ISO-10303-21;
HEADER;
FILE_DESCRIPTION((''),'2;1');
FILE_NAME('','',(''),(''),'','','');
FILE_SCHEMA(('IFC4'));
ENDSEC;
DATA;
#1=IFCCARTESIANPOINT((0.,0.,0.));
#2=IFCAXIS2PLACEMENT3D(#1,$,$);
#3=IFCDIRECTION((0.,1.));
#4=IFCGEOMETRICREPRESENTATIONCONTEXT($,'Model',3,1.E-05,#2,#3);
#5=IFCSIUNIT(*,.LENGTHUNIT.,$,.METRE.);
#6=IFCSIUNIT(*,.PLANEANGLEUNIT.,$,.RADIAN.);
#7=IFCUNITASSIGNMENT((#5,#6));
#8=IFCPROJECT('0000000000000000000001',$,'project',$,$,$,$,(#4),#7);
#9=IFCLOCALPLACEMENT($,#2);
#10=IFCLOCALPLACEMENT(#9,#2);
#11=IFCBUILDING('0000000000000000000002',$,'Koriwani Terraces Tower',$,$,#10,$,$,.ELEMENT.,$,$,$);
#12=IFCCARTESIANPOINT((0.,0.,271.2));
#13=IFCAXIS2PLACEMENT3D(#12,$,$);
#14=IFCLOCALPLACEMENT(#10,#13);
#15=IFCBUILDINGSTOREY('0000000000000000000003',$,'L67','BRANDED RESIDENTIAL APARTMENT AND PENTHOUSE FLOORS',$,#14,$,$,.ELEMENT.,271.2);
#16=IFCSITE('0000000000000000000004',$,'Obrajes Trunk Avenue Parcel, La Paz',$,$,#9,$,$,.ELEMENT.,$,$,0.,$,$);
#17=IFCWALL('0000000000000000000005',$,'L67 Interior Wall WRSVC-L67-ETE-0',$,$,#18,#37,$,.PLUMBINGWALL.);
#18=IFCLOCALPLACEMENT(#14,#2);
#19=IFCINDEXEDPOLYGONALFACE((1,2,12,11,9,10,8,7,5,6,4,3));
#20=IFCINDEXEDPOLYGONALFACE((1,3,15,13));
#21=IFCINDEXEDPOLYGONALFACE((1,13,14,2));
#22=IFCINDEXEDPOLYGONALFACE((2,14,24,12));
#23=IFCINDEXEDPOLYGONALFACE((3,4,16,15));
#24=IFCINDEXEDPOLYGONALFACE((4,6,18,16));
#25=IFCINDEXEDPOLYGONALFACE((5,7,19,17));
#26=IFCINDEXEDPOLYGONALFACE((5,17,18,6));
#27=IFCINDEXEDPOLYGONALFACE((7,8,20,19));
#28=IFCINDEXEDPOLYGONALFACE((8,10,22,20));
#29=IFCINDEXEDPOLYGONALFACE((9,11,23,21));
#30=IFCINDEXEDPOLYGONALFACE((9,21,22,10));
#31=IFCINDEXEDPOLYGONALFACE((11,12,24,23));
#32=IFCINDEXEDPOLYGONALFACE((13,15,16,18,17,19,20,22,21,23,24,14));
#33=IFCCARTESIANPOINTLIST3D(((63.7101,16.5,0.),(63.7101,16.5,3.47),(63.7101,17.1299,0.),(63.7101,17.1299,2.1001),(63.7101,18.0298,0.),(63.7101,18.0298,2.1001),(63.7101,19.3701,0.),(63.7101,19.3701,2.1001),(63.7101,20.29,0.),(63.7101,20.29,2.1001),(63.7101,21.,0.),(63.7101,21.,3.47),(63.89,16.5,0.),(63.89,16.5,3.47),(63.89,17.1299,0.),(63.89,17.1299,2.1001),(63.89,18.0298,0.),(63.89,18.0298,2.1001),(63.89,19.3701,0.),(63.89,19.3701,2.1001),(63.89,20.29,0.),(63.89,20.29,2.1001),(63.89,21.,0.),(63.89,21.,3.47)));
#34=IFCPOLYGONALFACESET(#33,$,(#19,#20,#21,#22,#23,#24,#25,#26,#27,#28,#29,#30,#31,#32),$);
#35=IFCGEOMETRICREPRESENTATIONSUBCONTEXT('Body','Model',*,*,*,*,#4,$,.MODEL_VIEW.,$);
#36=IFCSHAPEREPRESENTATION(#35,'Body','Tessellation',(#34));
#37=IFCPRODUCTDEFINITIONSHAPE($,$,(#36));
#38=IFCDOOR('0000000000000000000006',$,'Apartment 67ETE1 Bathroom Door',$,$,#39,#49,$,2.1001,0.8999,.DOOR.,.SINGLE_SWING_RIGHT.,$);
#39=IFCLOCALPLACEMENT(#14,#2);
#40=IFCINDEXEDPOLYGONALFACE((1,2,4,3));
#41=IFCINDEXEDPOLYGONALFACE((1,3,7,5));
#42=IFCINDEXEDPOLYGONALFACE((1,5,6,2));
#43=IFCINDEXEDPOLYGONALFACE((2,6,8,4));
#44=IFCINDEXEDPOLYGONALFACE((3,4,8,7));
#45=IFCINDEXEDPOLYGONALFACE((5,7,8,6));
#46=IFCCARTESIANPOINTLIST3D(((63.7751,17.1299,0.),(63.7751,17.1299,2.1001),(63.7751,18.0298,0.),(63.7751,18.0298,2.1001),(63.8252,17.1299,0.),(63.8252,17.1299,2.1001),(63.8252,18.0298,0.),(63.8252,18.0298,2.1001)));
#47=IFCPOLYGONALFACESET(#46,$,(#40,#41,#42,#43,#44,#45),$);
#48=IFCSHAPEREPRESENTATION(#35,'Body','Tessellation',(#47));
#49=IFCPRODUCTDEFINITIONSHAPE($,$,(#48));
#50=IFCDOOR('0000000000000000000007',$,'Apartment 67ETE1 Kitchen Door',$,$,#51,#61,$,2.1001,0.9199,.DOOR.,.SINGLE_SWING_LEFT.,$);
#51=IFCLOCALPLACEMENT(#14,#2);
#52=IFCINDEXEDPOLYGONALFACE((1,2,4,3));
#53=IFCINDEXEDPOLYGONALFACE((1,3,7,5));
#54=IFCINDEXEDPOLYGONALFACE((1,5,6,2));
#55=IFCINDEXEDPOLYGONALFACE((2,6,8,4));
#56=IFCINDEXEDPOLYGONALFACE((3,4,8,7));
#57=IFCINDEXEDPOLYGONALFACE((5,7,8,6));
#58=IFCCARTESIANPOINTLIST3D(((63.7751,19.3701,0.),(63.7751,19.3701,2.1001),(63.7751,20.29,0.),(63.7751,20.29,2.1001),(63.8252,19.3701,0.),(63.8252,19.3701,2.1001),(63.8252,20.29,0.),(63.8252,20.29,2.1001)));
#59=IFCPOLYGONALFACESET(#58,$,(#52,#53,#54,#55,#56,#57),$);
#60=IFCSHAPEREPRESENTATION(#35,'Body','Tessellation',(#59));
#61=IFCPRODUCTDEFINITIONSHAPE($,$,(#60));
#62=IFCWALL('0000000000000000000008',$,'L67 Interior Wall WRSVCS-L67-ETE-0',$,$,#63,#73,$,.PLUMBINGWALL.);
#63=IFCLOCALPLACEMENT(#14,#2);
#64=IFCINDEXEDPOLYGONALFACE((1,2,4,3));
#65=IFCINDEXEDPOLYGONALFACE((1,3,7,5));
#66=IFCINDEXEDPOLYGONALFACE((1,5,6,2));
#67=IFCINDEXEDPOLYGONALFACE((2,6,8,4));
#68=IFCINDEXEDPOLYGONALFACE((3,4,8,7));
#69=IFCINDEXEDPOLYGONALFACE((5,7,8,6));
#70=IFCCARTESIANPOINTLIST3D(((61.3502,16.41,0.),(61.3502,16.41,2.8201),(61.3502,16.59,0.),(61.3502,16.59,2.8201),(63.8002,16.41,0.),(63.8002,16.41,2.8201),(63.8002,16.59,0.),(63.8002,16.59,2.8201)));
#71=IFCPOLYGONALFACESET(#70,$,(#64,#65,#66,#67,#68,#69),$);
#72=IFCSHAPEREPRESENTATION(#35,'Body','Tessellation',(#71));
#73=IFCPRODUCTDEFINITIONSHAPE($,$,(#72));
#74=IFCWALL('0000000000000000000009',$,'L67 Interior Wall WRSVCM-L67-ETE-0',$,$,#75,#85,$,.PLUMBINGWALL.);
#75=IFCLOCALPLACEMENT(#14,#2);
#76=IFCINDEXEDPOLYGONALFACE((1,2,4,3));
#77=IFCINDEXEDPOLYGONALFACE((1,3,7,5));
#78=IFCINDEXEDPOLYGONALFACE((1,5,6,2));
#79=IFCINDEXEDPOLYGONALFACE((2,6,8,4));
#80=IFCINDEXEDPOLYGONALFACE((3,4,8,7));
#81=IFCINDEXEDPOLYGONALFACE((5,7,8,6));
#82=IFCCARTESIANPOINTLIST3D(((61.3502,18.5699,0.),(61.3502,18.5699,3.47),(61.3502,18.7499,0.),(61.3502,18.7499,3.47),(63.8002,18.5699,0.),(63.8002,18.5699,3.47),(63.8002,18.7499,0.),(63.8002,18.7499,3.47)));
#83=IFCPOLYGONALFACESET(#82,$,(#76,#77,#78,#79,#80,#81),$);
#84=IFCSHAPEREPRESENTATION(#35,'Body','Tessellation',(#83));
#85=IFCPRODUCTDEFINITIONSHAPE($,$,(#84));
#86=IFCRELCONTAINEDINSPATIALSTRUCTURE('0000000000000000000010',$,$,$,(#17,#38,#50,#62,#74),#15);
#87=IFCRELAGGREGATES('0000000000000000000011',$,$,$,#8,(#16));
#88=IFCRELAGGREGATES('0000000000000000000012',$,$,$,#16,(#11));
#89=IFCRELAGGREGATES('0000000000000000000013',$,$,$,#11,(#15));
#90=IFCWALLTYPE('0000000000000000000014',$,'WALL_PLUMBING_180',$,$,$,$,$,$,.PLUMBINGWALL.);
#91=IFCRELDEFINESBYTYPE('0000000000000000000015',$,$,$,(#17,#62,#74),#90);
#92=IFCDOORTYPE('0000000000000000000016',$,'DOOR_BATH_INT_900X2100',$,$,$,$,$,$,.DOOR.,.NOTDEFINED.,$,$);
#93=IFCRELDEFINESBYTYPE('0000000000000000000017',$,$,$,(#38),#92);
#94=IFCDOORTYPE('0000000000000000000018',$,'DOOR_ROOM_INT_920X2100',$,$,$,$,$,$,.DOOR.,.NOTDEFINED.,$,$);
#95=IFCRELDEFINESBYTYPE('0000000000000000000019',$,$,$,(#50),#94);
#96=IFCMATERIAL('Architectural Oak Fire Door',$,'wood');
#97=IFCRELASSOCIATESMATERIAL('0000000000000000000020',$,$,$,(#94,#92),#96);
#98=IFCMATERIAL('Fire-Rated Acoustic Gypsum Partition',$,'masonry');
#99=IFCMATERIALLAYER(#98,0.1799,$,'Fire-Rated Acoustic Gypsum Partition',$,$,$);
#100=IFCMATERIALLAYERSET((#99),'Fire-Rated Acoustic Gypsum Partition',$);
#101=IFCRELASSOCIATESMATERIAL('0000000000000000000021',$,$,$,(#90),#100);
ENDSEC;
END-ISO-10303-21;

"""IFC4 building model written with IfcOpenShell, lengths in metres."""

from ifc_helpers import new_model, si_unit, direction, frame, frame_2d, origin, place, context, subcontext, project, spatial, rectangle, extrude, material, layer, layer_set, type_object, element, fill, save


model = new_model("IFC4")

# Units and contexts
model_context = context("Model", 3, precision=1e-05, world=origin(), true_north=direction((0.0, 1.0)))
body_context = subcontext(model_context, "Body", "Model", "MODEL_VIEW")
ifc_project = project(units=[si_unit("LENGTHUNIT", "METRE"), si_unit("PLANEANGLEUNIT", "RADIAN")], contexts=[model_context])

# Site, building, storey
site_placement = place(None, origin())
site = spatial("IfcSite", under=ifc_project, at=site_placement, Name="Obrajes Trunk Avenue Parcel, La Paz", CompositionType="ELEMENT", RefElevation=0.0)
building_placement = place(site_placement, origin())
building = spatial("IfcBuilding", under=site, at=building_placement, Name="Koriwani Terraces Tower", CompositionType="ELEMENT")
storey_placement = place(building_placement, frame((0.0, 0.0, 271.2)))
storey = spatial("IfcBuildingStorey", under=building, at=storey_placement, Name="L67", Description="BRANDED RESIDENTIAL APARTMENT AND PENTHOUSE FLOORS", CompositionType="ELEMENT", Elevation=271.2)

# Shared definitions
ifc_material_1 = material(Name="Architectural Oak Fire Door", Category="wood")
door_type_1 = type_object("IfcDoorType", Name="DOOR_ROOM_INT_920X2100", OperationType="NOTDEFINED", PredefinedType="DOOR", material=ifc_material_1)

# Shared definitions
ifc_material_2 = material(Name="Fire-Rated Acoustic Gypsum Partition", Category="masonry")

# Wall, openings, doors
ifc_layer_1 = layer(ifc_material_2, 0.1799, Name="Fire-Rated Acoustic Gypsum Partition")
ifc_layer_set_1 = layer_set([ifc_layer_1], Name="Fire-Rated Acoustic Gypsum Partition")
wall_type_1 = type_object("IfcWallType", Name="WALL_PLUMBING_180", PredefinedType="PLUMBINGWALL", material=ifc_layer_set_1)
wall_1_placement = place(storey_placement, frame((63.8, 16.5, 0.0), z_axis=(0.0, 0.0, 1.0), x_axis=(0.0, 1.0, 0.0)))
wall_1 = element("IfcWall", 1, at=wall_1_placement, inside=storey, type_object=wall_type_1, Name="L67 Interior Wall WRSVC-L67-ETE-0", PredefinedType="PLUMBINGWALL", context=body_context, shape_type="SweptSolid", body=[
    extrude(rectangle(XDim=4.5, YDim=0.1799, at=frame_2d((2.25, 0.0))), origin(), (0.0, 0.0, 1.0), 3.47),
])
opening_1_placement = place(wall_1_placement, frame((0.6299, 0.0, 0.0)))
opening_1 = element("IfcOpeningElement", 2, at=opening_1_placement, cuts=wall_1, PredefinedType="OPENING", context=body_context, shape_type="SweptSolid", body=[
    extrude(rectangle(XDim=0.8999, YDim=2.1001, at=frame_2d((0.45, 1.05))), frame((0.0, 0.1001, 0.0), z_axis=(0.0, -1.0, 0.0), x_axis=(1.0, 0.0, 0.0)), (0.0, 0.0, 1.0), 0.2),
])
opening_2_placement = place(wall_1_placement, frame((2.8701, 0.0, 0.0)))
opening_2 = element("IfcOpeningElement", 3, at=opening_2_placement, cuts=wall_1, PredefinedType="OPENING", context=body_context, shape_type="SweptSolid", body=[
    extrude(rectangle(XDim=0.9199, YDim=2.1001, at=frame_2d((0.46, 1.05))), frame((0.0, 0.1001, 0.0), z_axis=(0.0, -1.0, 0.0), x_axis=(1.0, 0.0, 0.0)), (0.0, 0.0, 1.0), 0.2),
])
door_type_2 = type_object("IfcDoorType", Name="DOOR_BATH_INT_900X2100", OperationType="NOTDEFINED", PredefinedType="DOOR", material=ifc_material_1)
door_1_placement = place(opening_1_placement, origin())
door_1 = element("IfcDoor", 4, at=door_1_placement, inside=storey, type_object=door_type_2, Name="Apartment 67ETE1 Bathroom Door", OperationType="SINGLE_SWING_RIGHT", OverallHeight=2.1001, OverallWidth=0.8999, PredefinedType="DOOR", context=body_context, shape_type="SweptSolid", body=[
    extrude(rectangle(XDim=0.8999, YDim=2.1001, at=frame_2d((0.45, 1.05))), frame((0.0, 0.0249, 0.0), z_axis=(0.0, -1.0, 0.0), x_axis=(1.0, 0.0, 0.0)), (0.0, 0.0, 1.0), 0.05),
])
fill(opening_1, door_1)
door_2_placement = place(opening_2_placement, origin())
door_2 = element("IfcDoor", 5, at=door_2_placement, inside=storey, type_object=door_type_1, Name="Apartment 67ETE1 Kitchen Door", OperationType="SINGLE_SWING_LEFT", OverallHeight=2.1001, OverallWidth=0.9199, PredefinedType="DOOR", context=body_context, shape_type="SweptSolid", body=[
    extrude(rectangle(XDim=0.9199, YDim=2.1001, at=frame_2d((0.46, 1.05))), frame((0.0, 0.0249, 0.0), z_axis=(0.0, -1.0, 0.0), x_axis=(1.0, 0.0, 0.0)), (0.0, 0.0, 1.0), 0.05),
])
fill(opening_2, door_2)

# Walls
wall_2_placement = place(storey_placement, frame((61.3501, 16.5, 0.0), z_axis=(0.0, 0.0, 1.0), x_axis=(1.0, 0.0, 0.0)))
element("IfcWall", 6, at=wall_2_placement, inside=storey, type_object=wall_type_1, Name="L67 Interior Wall WRSVCS-L67-ETE-0", PredefinedType="PLUMBINGWALL", context=body_context, shape_type="SweptSolid", body=[
    extrude(rectangle(XDim=2.45, YDim=0.1799, at=frame_2d((1.2251, 0.0))), origin(), (0.0, 0.0, 1.0), 2.8201),
])
wall_3_placement = place(storey_placement, frame((61.3501, 18.6599, 0.0), z_axis=(0.0, 0.0, 1.0), x_axis=(1.0, 0.0, 0.0)))
element("IfcWall", 7, at=wall_3_placement, inside=storey, type_object=wall_type_1, Name="L67 Interior Wall WRSVCM-L67-ETE-0", PredefinedType="PLUMBINGWALL", context=body_context, shape_type="SweptSolid", body=[
    extrude(rectangle(XDim=2.45, YDim=0.1799, at=frame_2d((1.2251, 0.0))), origin(), (0.0, 0.0, 1.0), 3.47),
])

save(model, "model.ifc")
